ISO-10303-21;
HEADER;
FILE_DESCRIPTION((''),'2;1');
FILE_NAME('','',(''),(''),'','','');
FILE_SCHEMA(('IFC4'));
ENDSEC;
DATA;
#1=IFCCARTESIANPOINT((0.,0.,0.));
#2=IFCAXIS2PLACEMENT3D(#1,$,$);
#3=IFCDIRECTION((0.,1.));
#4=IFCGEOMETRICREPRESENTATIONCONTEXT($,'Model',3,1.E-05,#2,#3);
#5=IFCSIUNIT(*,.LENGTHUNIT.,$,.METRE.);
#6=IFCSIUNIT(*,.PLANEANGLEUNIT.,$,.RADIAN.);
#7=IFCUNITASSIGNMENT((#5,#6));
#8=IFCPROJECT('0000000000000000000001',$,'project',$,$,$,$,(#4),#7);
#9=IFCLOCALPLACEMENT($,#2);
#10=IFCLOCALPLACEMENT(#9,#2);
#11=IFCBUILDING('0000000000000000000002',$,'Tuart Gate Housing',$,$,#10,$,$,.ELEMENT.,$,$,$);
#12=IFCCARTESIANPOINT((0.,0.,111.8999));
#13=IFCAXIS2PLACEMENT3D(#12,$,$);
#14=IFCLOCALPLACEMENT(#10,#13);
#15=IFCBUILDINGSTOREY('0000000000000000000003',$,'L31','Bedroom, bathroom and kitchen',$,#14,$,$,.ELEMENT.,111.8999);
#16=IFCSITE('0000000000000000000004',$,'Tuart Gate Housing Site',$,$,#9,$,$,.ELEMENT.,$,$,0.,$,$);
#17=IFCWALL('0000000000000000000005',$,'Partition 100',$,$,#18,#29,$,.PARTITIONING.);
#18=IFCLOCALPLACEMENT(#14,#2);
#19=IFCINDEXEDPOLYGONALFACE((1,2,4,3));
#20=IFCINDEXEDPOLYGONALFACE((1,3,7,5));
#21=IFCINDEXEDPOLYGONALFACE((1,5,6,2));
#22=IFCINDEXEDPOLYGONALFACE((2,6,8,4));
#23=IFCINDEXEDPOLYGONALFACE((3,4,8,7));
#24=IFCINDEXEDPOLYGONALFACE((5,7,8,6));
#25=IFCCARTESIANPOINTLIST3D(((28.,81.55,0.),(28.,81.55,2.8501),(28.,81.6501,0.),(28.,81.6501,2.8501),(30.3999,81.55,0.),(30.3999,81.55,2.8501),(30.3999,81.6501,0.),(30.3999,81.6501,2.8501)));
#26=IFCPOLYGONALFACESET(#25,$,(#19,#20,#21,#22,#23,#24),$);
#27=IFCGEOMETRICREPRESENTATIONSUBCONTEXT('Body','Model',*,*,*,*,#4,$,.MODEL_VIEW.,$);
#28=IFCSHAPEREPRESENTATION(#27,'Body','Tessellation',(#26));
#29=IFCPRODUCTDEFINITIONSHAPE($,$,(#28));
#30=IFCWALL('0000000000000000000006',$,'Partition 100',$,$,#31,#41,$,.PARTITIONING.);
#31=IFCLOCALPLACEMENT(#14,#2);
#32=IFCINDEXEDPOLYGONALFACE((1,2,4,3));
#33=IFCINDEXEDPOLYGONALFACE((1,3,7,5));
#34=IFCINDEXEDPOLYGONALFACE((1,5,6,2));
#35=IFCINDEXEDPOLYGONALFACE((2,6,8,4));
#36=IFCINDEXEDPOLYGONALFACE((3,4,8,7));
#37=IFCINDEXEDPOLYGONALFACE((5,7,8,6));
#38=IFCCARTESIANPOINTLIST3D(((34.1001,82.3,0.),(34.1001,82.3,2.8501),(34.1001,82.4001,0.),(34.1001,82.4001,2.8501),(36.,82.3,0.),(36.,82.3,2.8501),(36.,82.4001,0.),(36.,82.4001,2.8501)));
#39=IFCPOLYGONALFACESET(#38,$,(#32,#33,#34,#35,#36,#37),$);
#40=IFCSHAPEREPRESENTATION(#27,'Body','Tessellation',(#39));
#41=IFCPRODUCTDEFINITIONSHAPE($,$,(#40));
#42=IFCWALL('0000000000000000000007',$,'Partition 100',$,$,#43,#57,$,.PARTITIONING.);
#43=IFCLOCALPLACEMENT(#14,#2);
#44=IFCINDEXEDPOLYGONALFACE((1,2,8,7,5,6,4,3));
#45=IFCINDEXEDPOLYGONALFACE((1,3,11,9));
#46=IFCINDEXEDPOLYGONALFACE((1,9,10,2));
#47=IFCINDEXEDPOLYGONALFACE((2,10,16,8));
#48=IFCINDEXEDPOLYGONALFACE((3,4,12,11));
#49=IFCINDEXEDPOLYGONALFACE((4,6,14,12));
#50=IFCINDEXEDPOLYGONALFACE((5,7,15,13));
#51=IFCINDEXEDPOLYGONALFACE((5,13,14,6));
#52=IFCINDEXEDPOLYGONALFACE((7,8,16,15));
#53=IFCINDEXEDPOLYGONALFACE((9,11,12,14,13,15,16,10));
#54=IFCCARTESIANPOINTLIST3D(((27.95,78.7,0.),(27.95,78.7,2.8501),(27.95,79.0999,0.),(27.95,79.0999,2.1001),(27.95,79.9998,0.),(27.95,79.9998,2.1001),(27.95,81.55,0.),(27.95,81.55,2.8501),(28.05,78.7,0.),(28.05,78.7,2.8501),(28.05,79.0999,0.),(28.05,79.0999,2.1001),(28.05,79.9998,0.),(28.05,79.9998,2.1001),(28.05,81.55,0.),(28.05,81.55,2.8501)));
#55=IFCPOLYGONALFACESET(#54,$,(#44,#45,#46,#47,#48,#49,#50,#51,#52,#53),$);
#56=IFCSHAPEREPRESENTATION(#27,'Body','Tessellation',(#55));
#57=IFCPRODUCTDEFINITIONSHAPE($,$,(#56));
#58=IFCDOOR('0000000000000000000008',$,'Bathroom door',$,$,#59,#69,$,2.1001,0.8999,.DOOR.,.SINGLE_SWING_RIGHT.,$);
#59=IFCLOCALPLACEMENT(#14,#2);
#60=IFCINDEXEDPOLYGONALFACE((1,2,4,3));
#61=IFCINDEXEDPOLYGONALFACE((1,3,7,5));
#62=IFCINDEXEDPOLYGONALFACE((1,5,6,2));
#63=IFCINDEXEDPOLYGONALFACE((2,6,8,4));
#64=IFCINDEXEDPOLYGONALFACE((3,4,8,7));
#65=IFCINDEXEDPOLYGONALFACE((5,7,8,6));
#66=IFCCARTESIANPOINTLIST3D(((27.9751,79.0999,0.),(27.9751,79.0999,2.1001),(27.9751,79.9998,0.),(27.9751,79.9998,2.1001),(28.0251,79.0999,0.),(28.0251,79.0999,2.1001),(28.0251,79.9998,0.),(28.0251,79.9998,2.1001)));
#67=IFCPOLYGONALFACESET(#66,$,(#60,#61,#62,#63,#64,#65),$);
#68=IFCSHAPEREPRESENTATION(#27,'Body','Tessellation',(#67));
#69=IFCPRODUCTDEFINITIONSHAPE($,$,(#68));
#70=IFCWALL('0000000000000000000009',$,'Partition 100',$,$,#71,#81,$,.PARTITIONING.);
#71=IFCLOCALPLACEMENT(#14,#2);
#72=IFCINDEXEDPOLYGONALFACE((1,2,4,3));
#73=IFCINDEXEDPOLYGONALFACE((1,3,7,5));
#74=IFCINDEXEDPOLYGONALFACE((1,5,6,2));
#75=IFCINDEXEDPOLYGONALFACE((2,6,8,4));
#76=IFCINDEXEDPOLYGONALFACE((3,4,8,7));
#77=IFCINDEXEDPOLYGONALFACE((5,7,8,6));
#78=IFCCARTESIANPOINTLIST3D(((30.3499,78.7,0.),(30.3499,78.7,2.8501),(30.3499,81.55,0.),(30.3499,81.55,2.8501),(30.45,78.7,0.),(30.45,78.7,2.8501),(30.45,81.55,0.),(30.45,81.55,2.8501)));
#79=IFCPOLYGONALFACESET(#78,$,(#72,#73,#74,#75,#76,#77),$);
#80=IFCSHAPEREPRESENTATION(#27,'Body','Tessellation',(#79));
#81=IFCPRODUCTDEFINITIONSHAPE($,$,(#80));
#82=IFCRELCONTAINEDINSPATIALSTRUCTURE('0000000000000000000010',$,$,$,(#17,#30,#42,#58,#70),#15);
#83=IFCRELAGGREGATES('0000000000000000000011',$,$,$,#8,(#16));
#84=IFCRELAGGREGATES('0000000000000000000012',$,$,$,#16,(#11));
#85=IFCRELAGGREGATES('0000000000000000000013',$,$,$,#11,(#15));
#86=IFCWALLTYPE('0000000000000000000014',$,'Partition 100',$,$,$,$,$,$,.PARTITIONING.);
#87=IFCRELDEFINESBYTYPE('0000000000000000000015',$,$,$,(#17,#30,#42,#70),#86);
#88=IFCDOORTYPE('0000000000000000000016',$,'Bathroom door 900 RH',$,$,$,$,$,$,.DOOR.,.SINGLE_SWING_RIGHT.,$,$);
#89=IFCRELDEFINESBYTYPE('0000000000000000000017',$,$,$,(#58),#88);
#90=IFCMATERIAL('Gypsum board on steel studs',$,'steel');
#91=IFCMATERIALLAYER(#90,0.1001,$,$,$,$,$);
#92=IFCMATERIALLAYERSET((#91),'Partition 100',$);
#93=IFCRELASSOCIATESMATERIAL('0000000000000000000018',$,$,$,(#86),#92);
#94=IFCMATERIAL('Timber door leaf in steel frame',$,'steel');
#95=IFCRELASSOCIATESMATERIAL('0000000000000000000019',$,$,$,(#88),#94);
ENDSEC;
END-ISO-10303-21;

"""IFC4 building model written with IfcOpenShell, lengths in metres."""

from ifc_helpers import new_model, si_unit, direction, frame, frame_2d, origin, place, context, subcontext, project, spatial, rectangle, extrude, material, layer, layer_set, type_object, element, fill, save


model = new_model("IFC4")

# Units and contexts
model_context = context("Model", 3, precision=1e-05, world=origin(), true_north=direction((0.0, 1.0)))
body_context = subcontext(model_context, "Body", "Model", "MODEL_VIEW")
ifc_project = project(units=[si_unit("LENGTHUNIT", "METRE"), si_unit("PLANEANGLEUNIT", "RADIAN")], contexts=[model_context])

# Site, building, storey
site_placement = place(None, origin())
site = spatial("IfcSite", under=ifc_project, at=site_placement, Name="Tuart Gate Housing Site", CompositionType="ELEMENT", RefElevation=0.0)
building_placement = place(site_placement, origin())
building = spatial("IfcBuilding", under=site, at=building_placement, Name="Tuart Gate Housing", CompositionType="ELEMENT")
storey_placement = place(building_placement, frame((0.0, 0.0, 111.8999)))
storey = spatial("IfcBuildingStorey", under=building, at=storey_placement, Name="L31", Description="Bedroom, bathroom and kitchen", CompositionType="ELEMENT", Elevation=111.8999)

# Walls
ifc_material_1 = material(Name="Gypsum board on steel studs", Category="steel")
ifc_layer_1 = layer(ifc_material_1, 0.1001)
ifc_layer_set_1 = layer_set([ifc_layer_1], Name="Partition 100")
wall_type_1 = type_object("IfcWallType", Name="Partition 100", PredefinedType="PARTITIONING", material=ifc_layer_set_1)
wall_1_placement = place(storey_placement, frame((28.0, 81.6001, 0.0), z_axis=(0.0, 0.0, 1.0), x_axis=(1.0, 0.0, 0.0)))
element("IfcWall", 1, at=wall_1_placement, inside=storey, type_object=wall_type_1, Name="Partition 100", PredefinedType="PARTITIONING", context=body_context, shape_type="SweptSolid", body=[
    extrude(rectangle(XDim=2.3999, YDim=0.1001, at=frame_2d((1.2, 0.0))), origin(), (0.0, 0.0, 1.0), 2.8501),
])
wall_2_placement = place(storey_placement, frame((34.1001, 82.3501, 0.0), z_axis=(0.0, 0.0, 1.0), x_axis=(1.0, 0.0, 0.0)))
element("IfcWall", 2, at=wall_2_placement, inside=storey, type_object=wall_type_1, Name="Partition 100", PredefinedType="PARTITIONING", context=body_context, shape_type="SweptSolid", body=[
    extrude(rectangle(XDim=1.8999, YDim=0.1001, at=frame_2d((0.95, 0.0))), origin(), (0.0, 0.0, 1.0), 2.8501),
])

# Wall, opening, door
wall_3_placement = place(storey_placement, frame((28.0, 78.7, 0.0), z_axis=(0.0, 0.0, 1.0), x_axis=(0.0, 1.0, 0.0)))
wall_3 = element("IfcWall", 3, at=wall_3_placement, inside=storey, type_object=wall_type_1, Name="Partition 100", PredefinedType="PARTITIONING", context=body_context, shape_type="SweptSolid", body=[
    extrude(rectangle(XDim=2.8501, YDim=0.1001, at=frame_2d((1.425, 0.0))), origin(), (0.0, 0.0, 1.0), 2.8501),
])
opening_1_placement = place(wall_3_placement, frame((0.3999, 0.0, 0.0)))
opening_1 = element("IfcOpeningElement", 4, at=opening_1_placement, cuts=wall_3, PredefinedType="OPENING", context=body_context, shape_type="SweptSolid", body=[
    extrude(rectangle(XDim=0.8999, YDim=2.1001, at=frame_2d((0.45, 1.05))), frame((0.0, 0.0601, 0.0), z_axis=(0.0, -1.0, 0.0), x_axis=(1.0, 0.0, 0.0)), (0.0, 0.0, 1.0), 0.1201),
])
ifc_material_2 = material(Name="Timber door leaf in steel frame", Category="steel")
door_type = type_object("IfcDoorType", Name="Bathroom door 900 RH", OperationType="SINGLE_SWING_RIGHT", PredefinedType="DOOR", material=ifc_material_2)
door_placement = place(opening_1_placement, frame((0.8999, 0.0, 0.0), z_axis=(0.0, 0.0, 1.0), x_axis=(-1.0, 0.0, 0.0)))
door = element("IfcDoor", 5, at=door_placement, inside=storey, type_object=door_type, Name="Bathroom door", OperationType="SINGLE_SWING_RIGHT", OverallHeight=2.1001, OverallWidth=0.8999, PredefinedType="DOOR", context=body_context, shape_type="SweptSolid", body=[
    extrude(rectangle(XDim=0.8999, YDim=2.1001, at=frame_2d((0.45, 1.05))), frame((0.0, 0.0251, 0.0), z_axis=(0.0, -1.0, 0.0), x_axis=(1.0, 0.0, 0.0)), (0.0, 0.0, 1.0), 0.05),
])
fill(opening_1, door)

# Wall
wall_4_placement = place(storey_placement, frame((30.3999, 78.7, 0.0), z_axis=(0.0, 0.0, 1.0), x_axis=(0.0, 1.0, 0.0)))
element("IfcWall", 6, at=wall_4_placement, inside=storey, type_object=wall_type_1, Name="Partition 100", PredefinedType="PARTITIONING", context=body_context, shape_type="SweptSolid", body=[
    extrude(rectangle(XDim=2.8501, YDim=0.1001, at=frame_2d((1.425, 0.0))), origin(), (0.0, 0.0, 1.0), 2.8501),
])

save(model, "model.ifc")
